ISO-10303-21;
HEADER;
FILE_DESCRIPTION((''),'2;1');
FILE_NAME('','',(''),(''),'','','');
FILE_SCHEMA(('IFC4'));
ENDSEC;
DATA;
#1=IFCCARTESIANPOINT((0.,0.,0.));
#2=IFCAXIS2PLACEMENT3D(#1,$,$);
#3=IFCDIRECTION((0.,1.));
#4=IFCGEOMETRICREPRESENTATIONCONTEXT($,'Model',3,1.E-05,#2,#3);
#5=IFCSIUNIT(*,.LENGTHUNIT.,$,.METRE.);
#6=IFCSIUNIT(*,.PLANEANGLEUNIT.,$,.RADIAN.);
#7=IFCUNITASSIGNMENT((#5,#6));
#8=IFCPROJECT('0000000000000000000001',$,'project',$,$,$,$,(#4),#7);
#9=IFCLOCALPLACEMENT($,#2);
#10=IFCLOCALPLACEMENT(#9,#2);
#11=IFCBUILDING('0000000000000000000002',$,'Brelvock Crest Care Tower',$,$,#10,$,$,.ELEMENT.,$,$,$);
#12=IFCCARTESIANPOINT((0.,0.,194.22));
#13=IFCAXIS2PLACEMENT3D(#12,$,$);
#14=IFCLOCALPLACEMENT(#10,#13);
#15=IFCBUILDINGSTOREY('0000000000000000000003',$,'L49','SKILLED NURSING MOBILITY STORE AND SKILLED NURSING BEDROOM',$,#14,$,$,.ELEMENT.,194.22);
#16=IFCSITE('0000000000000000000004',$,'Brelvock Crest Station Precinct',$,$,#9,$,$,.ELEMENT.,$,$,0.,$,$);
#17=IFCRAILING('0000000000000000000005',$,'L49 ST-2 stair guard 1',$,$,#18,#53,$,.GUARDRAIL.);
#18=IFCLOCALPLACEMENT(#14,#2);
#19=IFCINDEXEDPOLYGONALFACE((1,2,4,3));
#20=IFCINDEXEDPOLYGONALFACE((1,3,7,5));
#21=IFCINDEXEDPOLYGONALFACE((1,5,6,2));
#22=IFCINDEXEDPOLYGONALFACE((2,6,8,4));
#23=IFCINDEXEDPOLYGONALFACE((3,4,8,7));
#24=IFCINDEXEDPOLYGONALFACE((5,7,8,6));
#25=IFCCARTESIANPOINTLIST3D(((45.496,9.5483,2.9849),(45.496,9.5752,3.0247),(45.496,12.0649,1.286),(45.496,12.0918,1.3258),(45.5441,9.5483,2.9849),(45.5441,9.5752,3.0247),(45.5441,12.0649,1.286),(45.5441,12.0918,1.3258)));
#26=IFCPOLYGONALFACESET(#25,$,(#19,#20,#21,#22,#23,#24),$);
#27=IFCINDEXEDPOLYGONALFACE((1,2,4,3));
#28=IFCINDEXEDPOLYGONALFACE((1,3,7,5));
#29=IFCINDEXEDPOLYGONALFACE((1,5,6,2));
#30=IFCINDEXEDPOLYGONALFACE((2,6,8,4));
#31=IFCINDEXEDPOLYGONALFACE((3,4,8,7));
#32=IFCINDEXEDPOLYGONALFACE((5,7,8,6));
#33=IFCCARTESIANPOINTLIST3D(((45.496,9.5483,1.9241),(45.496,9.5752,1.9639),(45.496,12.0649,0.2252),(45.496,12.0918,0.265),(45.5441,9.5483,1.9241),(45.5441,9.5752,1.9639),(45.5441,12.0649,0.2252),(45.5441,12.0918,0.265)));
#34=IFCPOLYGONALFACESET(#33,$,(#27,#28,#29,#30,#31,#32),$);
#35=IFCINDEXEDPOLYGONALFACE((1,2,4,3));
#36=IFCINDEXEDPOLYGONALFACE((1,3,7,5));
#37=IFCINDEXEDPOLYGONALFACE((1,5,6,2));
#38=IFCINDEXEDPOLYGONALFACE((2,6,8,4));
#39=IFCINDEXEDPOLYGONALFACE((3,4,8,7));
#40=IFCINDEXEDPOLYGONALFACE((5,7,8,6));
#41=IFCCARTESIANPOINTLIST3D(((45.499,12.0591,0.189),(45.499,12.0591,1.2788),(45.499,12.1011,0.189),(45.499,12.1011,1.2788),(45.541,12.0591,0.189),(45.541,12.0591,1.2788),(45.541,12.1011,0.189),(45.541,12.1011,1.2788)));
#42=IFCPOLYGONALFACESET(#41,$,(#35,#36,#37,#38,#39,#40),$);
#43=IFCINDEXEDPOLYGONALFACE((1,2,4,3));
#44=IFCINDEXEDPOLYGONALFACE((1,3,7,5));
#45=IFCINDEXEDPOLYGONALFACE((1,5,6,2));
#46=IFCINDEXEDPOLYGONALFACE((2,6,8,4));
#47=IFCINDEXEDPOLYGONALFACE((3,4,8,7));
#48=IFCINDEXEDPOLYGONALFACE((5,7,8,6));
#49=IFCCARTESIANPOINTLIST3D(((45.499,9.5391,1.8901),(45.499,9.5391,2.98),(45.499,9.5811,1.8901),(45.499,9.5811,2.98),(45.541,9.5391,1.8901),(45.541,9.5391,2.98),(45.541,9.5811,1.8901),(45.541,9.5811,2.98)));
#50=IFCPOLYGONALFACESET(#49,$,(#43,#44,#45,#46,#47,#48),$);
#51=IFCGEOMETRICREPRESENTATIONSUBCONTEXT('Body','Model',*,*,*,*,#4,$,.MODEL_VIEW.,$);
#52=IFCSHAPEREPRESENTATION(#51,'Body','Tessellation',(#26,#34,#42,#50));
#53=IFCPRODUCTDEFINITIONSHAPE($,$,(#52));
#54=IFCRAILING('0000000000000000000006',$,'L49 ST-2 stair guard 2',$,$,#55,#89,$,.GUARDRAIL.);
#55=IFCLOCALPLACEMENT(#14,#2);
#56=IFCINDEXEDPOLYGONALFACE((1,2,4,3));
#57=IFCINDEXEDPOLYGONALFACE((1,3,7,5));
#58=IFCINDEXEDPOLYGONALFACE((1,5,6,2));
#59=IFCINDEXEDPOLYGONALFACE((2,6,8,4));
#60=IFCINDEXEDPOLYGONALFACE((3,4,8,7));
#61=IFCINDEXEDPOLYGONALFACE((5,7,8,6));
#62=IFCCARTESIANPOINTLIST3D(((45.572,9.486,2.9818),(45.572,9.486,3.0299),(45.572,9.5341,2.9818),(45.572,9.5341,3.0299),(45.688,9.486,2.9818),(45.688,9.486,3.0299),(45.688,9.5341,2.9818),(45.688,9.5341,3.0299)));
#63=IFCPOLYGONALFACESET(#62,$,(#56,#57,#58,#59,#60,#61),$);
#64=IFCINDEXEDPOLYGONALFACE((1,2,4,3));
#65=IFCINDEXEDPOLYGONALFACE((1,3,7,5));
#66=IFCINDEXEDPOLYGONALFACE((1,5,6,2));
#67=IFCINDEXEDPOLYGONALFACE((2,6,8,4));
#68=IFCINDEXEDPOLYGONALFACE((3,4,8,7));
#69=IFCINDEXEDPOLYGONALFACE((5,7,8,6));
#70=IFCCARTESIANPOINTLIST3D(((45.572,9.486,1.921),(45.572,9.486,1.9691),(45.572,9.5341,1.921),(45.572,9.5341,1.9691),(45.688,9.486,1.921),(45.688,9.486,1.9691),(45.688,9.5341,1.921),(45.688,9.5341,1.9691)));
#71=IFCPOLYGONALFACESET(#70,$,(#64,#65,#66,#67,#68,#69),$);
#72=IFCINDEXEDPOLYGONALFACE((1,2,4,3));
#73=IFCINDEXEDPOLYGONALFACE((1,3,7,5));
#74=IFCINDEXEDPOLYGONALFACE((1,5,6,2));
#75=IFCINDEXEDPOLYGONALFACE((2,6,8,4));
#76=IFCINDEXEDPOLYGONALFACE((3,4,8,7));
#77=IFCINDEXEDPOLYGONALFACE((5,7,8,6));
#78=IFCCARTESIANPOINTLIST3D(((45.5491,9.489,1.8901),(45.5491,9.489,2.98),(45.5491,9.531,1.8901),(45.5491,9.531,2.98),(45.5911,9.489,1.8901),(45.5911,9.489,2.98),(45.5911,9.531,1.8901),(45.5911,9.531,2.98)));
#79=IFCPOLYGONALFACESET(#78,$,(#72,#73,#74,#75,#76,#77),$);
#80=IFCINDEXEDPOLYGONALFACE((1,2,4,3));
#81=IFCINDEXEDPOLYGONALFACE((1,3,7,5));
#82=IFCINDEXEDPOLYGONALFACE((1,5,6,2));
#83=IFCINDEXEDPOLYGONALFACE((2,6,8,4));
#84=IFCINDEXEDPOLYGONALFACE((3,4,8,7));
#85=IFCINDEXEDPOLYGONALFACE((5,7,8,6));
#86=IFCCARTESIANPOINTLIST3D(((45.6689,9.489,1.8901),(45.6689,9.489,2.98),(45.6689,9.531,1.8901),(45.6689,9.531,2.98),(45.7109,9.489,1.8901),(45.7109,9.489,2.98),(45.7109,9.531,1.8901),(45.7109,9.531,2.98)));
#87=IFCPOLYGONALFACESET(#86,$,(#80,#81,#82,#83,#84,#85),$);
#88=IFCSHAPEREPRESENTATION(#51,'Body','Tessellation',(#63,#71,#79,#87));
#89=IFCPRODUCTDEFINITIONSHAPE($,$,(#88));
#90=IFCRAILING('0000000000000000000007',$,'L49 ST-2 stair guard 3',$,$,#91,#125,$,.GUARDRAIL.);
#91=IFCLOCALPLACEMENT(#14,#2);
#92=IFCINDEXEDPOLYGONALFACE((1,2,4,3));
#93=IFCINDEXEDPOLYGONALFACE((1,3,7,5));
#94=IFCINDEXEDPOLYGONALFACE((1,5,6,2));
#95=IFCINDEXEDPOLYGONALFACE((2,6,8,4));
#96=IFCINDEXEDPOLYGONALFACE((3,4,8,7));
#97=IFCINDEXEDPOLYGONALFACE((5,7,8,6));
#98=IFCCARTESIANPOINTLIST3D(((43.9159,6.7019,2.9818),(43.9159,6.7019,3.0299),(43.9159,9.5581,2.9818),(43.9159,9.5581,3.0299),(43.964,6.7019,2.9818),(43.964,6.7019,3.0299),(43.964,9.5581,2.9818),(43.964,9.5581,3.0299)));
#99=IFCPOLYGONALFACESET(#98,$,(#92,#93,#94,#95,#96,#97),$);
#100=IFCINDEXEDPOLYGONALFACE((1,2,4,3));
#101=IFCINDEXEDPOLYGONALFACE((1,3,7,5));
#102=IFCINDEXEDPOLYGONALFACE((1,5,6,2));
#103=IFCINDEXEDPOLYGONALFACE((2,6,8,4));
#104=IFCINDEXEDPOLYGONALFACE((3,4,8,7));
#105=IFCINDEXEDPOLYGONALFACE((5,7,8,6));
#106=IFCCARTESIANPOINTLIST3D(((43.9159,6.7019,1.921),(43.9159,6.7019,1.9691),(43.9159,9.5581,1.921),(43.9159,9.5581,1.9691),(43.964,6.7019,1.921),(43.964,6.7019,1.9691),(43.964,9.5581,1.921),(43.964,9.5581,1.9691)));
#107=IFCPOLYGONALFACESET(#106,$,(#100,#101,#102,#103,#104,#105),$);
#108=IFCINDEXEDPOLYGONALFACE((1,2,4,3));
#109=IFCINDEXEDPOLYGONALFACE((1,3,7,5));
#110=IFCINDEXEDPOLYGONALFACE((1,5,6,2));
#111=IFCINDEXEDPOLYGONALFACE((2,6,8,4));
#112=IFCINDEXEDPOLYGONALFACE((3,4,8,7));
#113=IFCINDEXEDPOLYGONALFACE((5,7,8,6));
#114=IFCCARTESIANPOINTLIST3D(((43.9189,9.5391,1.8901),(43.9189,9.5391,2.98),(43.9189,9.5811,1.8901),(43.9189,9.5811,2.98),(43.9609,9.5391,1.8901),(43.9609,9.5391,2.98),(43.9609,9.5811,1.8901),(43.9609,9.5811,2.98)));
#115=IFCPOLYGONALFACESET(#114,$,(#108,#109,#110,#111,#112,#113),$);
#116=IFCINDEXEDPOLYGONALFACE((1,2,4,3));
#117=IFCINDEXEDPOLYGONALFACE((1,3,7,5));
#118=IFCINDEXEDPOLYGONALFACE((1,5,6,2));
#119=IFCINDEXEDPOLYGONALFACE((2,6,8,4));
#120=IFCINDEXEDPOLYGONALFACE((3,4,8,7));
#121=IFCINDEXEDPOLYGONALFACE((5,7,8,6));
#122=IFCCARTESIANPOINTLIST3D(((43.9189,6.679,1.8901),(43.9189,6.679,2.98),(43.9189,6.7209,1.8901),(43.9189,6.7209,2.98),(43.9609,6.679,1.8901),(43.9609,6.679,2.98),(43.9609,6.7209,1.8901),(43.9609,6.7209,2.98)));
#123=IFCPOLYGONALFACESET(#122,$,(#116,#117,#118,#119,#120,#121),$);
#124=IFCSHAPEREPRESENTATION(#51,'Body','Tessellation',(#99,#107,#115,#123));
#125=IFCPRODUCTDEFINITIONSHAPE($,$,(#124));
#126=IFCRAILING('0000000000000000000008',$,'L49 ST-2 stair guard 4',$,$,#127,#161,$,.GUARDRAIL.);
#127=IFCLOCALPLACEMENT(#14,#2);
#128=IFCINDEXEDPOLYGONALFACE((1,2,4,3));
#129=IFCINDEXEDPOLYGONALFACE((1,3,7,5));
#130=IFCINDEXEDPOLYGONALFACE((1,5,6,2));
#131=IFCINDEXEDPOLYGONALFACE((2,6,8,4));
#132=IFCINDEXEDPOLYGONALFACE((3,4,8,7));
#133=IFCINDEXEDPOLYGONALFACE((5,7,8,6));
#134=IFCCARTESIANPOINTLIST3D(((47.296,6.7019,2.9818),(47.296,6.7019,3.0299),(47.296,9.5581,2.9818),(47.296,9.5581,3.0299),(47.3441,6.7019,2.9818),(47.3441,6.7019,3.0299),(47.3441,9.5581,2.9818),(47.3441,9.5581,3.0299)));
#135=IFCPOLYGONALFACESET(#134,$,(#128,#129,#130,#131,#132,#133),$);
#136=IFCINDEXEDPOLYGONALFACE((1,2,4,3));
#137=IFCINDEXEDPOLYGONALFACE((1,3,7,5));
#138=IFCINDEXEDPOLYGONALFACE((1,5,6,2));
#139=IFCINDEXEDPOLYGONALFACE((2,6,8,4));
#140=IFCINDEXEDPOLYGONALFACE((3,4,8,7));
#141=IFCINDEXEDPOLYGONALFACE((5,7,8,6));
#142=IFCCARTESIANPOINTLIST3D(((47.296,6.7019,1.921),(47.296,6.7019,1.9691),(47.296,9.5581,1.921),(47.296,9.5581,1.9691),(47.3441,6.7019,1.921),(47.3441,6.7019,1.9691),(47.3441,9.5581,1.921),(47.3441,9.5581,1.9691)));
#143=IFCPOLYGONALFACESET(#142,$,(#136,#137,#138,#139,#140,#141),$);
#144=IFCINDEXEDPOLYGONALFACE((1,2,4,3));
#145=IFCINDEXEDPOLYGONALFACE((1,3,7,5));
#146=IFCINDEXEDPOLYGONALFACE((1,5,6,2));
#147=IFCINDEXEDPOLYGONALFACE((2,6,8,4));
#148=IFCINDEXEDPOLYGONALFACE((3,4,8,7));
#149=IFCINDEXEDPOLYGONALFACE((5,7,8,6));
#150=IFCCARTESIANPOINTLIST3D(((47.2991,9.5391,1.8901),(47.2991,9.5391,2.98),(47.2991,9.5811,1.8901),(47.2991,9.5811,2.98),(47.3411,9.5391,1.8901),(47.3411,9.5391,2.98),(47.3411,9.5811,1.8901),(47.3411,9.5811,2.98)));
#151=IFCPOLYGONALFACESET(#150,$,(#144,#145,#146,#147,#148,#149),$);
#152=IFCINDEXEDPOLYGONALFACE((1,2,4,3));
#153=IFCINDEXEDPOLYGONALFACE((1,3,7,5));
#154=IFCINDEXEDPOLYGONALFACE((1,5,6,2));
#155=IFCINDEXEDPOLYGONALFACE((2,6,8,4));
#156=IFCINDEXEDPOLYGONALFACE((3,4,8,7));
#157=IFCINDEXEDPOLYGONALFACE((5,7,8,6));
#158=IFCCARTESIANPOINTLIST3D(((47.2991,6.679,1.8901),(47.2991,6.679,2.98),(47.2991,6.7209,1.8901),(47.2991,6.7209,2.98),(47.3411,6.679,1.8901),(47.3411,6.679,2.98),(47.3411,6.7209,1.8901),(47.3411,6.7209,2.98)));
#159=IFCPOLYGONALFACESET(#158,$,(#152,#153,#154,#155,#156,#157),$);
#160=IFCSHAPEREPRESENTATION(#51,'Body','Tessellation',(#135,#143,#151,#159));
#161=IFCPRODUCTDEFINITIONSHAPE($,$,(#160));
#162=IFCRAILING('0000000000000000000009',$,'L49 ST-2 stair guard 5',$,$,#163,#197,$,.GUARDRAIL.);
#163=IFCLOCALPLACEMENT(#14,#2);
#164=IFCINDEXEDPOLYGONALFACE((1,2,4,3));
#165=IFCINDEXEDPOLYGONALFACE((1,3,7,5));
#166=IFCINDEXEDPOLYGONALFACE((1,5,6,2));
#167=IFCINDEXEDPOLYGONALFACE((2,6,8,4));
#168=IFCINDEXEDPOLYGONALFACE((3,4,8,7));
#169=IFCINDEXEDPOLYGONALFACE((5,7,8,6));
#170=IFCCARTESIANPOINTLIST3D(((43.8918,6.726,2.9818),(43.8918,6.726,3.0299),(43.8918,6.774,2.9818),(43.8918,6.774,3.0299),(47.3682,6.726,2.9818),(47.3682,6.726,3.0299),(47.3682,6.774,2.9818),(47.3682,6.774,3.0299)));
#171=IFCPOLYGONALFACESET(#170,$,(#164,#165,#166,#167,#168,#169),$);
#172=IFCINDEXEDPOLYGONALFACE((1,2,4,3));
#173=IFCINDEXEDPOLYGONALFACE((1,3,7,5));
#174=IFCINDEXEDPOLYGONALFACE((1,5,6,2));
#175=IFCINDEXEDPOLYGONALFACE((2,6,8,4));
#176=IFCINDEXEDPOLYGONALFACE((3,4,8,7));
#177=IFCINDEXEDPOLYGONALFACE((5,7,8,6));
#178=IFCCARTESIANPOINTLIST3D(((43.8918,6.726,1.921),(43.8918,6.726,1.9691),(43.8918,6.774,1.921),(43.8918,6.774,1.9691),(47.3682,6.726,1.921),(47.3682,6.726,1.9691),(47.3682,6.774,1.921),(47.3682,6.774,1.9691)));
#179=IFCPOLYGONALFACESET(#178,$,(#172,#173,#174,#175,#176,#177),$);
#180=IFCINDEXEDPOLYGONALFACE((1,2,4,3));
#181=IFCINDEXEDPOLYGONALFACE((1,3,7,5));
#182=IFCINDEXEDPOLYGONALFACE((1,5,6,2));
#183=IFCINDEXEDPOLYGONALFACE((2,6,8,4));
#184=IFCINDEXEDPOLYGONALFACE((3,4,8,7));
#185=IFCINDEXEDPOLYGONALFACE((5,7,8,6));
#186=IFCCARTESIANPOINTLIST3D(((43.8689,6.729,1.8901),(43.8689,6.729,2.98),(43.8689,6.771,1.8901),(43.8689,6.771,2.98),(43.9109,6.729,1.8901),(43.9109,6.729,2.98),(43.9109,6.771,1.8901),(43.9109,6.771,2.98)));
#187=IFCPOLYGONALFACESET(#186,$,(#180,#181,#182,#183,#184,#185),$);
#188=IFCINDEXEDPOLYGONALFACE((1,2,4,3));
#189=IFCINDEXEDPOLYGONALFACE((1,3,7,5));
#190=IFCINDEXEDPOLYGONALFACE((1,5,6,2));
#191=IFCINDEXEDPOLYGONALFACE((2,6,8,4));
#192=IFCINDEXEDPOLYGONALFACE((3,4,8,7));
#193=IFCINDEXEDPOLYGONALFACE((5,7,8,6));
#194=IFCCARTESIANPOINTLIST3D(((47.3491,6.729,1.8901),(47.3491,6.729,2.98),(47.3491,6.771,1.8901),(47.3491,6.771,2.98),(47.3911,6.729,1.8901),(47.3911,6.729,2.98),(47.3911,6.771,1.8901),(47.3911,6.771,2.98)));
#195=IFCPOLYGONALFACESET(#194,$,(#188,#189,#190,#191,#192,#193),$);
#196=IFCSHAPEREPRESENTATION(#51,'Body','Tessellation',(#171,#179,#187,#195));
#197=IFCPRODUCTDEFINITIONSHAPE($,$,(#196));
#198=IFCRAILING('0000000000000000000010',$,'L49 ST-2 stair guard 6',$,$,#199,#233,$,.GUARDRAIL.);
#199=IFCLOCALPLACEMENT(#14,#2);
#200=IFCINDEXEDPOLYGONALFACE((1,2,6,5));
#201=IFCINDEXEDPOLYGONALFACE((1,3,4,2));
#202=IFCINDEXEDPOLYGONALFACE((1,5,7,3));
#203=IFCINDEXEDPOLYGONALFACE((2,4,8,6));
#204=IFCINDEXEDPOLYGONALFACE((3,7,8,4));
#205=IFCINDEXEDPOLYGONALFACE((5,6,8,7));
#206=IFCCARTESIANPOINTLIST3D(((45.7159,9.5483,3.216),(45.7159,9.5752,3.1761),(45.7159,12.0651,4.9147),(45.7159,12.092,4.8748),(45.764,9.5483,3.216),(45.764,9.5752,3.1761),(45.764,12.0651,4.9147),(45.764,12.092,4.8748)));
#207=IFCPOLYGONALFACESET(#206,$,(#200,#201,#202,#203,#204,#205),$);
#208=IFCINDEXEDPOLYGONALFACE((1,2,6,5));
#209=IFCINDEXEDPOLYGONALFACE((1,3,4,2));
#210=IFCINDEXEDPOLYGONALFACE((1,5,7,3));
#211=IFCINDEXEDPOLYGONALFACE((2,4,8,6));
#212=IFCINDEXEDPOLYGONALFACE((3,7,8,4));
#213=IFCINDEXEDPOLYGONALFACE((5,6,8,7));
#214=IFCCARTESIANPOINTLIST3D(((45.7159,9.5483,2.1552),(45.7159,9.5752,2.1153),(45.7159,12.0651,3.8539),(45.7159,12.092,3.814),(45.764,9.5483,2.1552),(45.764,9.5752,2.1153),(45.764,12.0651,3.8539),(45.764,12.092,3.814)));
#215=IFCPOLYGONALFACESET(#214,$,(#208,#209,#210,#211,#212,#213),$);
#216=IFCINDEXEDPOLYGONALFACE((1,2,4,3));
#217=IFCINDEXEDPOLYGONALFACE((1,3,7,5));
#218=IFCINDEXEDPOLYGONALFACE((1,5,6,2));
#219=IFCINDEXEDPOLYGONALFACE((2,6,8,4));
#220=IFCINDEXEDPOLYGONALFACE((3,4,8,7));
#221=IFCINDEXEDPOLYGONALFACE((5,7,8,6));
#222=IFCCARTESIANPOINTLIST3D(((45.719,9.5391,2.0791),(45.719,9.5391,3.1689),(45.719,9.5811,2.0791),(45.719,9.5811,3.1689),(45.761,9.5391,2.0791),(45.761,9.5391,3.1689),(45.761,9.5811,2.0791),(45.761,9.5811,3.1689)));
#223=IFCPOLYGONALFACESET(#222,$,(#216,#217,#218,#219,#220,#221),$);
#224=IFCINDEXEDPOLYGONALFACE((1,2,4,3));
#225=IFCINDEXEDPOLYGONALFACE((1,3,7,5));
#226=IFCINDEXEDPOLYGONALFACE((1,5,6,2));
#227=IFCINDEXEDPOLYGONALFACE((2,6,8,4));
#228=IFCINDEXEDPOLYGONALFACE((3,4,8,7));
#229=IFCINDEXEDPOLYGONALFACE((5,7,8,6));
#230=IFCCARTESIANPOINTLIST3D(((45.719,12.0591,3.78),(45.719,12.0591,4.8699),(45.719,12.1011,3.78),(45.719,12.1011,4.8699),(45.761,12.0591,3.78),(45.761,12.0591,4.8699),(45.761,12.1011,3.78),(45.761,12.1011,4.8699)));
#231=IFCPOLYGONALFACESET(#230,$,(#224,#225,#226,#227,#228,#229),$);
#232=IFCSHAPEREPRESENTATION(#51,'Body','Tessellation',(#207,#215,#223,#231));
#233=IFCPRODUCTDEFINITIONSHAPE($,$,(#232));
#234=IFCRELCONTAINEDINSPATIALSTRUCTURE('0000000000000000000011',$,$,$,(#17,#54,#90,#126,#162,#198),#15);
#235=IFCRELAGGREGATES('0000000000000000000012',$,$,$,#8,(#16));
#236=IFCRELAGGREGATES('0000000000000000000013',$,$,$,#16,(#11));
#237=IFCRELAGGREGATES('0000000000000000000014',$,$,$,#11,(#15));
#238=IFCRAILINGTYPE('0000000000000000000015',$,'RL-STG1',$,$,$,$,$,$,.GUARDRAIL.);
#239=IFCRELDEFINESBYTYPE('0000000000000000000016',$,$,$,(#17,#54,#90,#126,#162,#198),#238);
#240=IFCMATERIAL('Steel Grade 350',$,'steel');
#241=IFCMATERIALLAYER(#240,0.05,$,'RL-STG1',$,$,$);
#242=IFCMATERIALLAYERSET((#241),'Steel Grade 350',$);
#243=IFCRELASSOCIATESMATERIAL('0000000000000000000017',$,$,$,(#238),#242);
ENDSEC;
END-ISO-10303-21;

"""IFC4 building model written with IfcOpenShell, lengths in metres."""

from ifc_helpers import new_model, si_unit, direction, frame, origin, origin_2d, place, context, subcontext, project, spatial, rectangle, extrude, material, layer, layer_set, type_object, element, save


model = new_model("IFC4")

# Units and contexts
model_context = context("Model", 3, precision=1e-05, world=origin(), true_north=direction((0.0, 1.0)))
body_context = subcontext(model_context, "Body", "Model", "MODEL_VIEW")
ifc_project = project(units=[si_unit("LENGTHUNIT", "METRE"), si_unit("PLANEANGLEUNIT", "RADIAN")], contexts=[model_context])

# Site, building, storey
site_placement = place(None, origin())
site = spatial("IfcSite", under=ifc_project, at=site_placement, Name="Brelvock Crest Station Precinct", CompositionType="ELEMENT", RefElevation=0.0)
building_placement = place(site_placement, origin())
building = spatial("IfcBuilding", under=site, at=building_placement, Name="Brelvock Crest Care Tower", CompositionType="ELEMENT")
storey_placement = place(building_placement, frame((0.0, 0.0, 194.22)))
storey = spatial("IfcBuildingStorey", under=building, at=storey_placement, Name="L49", Description="SKILLED NURSING MOBILITY STORE AND SKILLED NURSING BEDROOM", CompositionType="ELEMENT", Elevation=194.22)

# Shared definitions
ifc_material_1 = material(Name="Steel Grade 350", Category="steel")

# Railings
ifc_layer_1 = layer(ifc_material_1, 0.05, Name="RL-STG1")
ifc_layer_set_1 = layer_set([ifc_layer_1], Name="Steel Grade 350")
railing_type_1 = type_object("IfcRailingType", Name="RL-STG1", PredefinedType="GUARDRAIL", material=ifc_layer_set_1)
railing_1_placement = place(storey_placement, frame((45.52, 12.0801, 0.189)))
element("IfcRailing", 1, at=railing_1_placement, inside=storey, type_object=railing_type_1, Name="L49 ST-2 stair guard 1", PredefinedType="GUARDRAIL", context=body_context, shape_type="SweptSolid", body=[
    extrude(rectangle(XDim=0.0481, YDim=0.0481, at=origin_2d()), frame((0.0, -0.0017, 1.1169), z_axis=(0.0, -0.828824, 0.559509), x_axis=(1.0, 0.0, 0.0)), (0.0, 0.0, 1.0), 3.0364),
    extrude(rectangle(XDim=0.0481, YDim=0.0481, at=origin_2d()), frame((0.0, -0.0017, 0.0562), z_axis=(0.0, -0.828824, 0.559509), x_axis=(1.0, 0.0, 0.0)), (0.0, 0.0, 1.0), 3.0364),
    extrude(rectangle(XDim=0.042, YDim=0.042, at=origin_2d()), origin(), (0.0, 0.0, 1.0), 1.0898),
    extrude(rectangle(XDim=0.042, YDim=0.042, at=origin_2d()), frame((0.0, -2.52, 1.7012)), (0.0, 0.0, 1.0), 1.0898),
])
railing_2_placement = place(storey_placement, frame((45.5701, 9.51, 1.8901)))
element("IfcRailing", 2, at=railing_2_placement, inside=storey, type_object=railing_type_1, Name="L49 ST-2 stair guard 2", PredefinedType="GUARDRAIL", context=body_context, shape_type="SweptSolid", body=[
    extrude(rectangle(XDim=0.0481, YDim=0.0481, at=origin_2d()), frame((0.002, 0.0, 1.1157), z_axis=(1.0, 0.0, 0.0), x_axis=(0.0, 1.0, 0.0)), (0.0, 0.0, 1.0), 0.116),
    extrude(rectangle(XDim=0.0481, YDim=0.0481, at=origin_2d()), frame((0.002, 0.0, 0.0549), z_axis=(1.0, 0.0, 0.0), x_axis=(0.0, 1.0, 0.0)), (0.0, 0.0, 1.0), 0.116),
    extrude(rectangle(XDim=0.042, YDim=0.042, at=origin_2d()), origin(), (0.0, 0.0, 1.0), 1.0898),
    extrude(rectangle(XDim=0.042, YDim=0.042, at=origin_2d()), frame((0.1199, 0.0, 0.0)), (0.0, 0.0, 1.0), 1.0898),
])
for number, where, name in (
    (3, (43.9399, 9.5601, 1.8901), "L49 ST-2 stair guard 3"),
    (4, (47.3201, 9.5601, 1.8901), "L49 ST-2 stair guard 4"),
):
    element("IfcRailing", number, at=place(storey_placement, frame(where)), inside=storey, type_object=railing_type_1, Name=name, PredefinedType="GUARDRAIL", context=body_context, shape_type="SweptSolid", body=[
        extrude(rectangle(XDim=0.0481, YDim=0.0481, at=origin_2d()), frame((0.0, -0.002, 1.1157), z_axis=(0.0, -1.0, 0.0), x_axis=(1.0, 0.0, 0.0)), (0.0, 0.0, 1.0), 2.8562),
        extrude(rectangle(XDim=0.0481, YDim=0.0481, at=origin_2d()), frame((0.0, -0.002, 0.0549), z_axis=(0.0, -1.0, 0.0), x_axis=(1.0, 0.0, 0.0)), (0.0, 0.0, 1.0), 2.8562),
        extrude(rectangle(XDim=0.042, YDim=0.042, at=origin_2d()), origin(), (0.0, 0.0, 1.0), 1.0898),
        extrude(rectangle(XDim=0.042, YDim=0.042, at=origin_2d()), frame((0.0, -2.8601, 0.0)), (0.0, 0.0, 1.0), 1.0898),
    ])
railing_3_placement = place(storey_placement, frame((43.8899, 6.75, 1.8901)))
element("IfcRailing", 5, at=railing_3_placement, inside=storey, type_object=railing_type_1, Name="L49 ST-2 stair guard 5", PredefinedType="GUARDRAIL", context=body_context, shape_type="SweptSolid", body=[
    extrude(rectangle(XDim=0.0481, YDim=0.0481, at=origin_2d()), frame((0.002, 0.0, 1.1157), z_axis=(1.0, 0.0, 0.0), x_axis=(0.0, 1.0, 0.0)), (0.0, 0.0, 1.0), 3.4763),
    extrude(rectangle(XDim=0.0481, YDim=0.0481, at=origin_2d()), frame((0.002, 0.0, 0.0549), z_axis=(1.0, 0.0, 0.0), x_axis=(0.0, 1.0, 0.0)), (0.0, 0.0, 1.0), 3.4763),
    extrude(rectangle(XDim=0.042, YDim=0.042, at=origin_2d()), origin(), (0.0, 0.0, 1.0), 1.0898),
    extrude(rectangle(XDim=0.042, YDim=0.042, at=origin_2d()), frame((3.4802, 0.0, 0.0)), (0.0, 0.0, 1.0), 1.0898),
])
railing_4_placement = place(storey_placement, frame((45.74, 9.5601, 2.0791)))
element("IfcRailing", 6, at=railing_4_placement, inside=storey, type_object=railing_type_1, Name="L49 ST-2 stair guard 6", PredefinedType="GUARDRAIL", context=body_context, shape_type="SweptSolid", body=[
    extrude(rectangle(XDim=0.0481, YDim=0.0481, at=origin_2d()), frame((0.0, 0.0017, 1.1169), z_axis=(0.0, 0.828862, 0.559454), x_axis=(-1.0, 0.0, 0.0)), (0.0, 0.0, 1.0), 3.0364),
    extrude(rectangle(XDim=0.0481, YDim=0.0481, at=origin_2d()), frame((0.0, 0.0017, 0.0562), z_axis=(0.0, 0.828862, 0.559454), x_axis=(-1.0, 0.0, 0.0)), (0.0, 0.0, 1.0), 3.0364),
    extrude(rectangle(XDim=0.042, YDim=0.042, at=origin_2d()), origin(), (0.0, 0.0, 1.0), 1.0898),
    extrude(rectangle(XDim=0.042, YDim=0.042, at=origin_2d()), frame((0.0, 2.52, 1.7009)), (0.0, 0.0, 1.0), 1.0898),
])

save(model, "model.ifc")
